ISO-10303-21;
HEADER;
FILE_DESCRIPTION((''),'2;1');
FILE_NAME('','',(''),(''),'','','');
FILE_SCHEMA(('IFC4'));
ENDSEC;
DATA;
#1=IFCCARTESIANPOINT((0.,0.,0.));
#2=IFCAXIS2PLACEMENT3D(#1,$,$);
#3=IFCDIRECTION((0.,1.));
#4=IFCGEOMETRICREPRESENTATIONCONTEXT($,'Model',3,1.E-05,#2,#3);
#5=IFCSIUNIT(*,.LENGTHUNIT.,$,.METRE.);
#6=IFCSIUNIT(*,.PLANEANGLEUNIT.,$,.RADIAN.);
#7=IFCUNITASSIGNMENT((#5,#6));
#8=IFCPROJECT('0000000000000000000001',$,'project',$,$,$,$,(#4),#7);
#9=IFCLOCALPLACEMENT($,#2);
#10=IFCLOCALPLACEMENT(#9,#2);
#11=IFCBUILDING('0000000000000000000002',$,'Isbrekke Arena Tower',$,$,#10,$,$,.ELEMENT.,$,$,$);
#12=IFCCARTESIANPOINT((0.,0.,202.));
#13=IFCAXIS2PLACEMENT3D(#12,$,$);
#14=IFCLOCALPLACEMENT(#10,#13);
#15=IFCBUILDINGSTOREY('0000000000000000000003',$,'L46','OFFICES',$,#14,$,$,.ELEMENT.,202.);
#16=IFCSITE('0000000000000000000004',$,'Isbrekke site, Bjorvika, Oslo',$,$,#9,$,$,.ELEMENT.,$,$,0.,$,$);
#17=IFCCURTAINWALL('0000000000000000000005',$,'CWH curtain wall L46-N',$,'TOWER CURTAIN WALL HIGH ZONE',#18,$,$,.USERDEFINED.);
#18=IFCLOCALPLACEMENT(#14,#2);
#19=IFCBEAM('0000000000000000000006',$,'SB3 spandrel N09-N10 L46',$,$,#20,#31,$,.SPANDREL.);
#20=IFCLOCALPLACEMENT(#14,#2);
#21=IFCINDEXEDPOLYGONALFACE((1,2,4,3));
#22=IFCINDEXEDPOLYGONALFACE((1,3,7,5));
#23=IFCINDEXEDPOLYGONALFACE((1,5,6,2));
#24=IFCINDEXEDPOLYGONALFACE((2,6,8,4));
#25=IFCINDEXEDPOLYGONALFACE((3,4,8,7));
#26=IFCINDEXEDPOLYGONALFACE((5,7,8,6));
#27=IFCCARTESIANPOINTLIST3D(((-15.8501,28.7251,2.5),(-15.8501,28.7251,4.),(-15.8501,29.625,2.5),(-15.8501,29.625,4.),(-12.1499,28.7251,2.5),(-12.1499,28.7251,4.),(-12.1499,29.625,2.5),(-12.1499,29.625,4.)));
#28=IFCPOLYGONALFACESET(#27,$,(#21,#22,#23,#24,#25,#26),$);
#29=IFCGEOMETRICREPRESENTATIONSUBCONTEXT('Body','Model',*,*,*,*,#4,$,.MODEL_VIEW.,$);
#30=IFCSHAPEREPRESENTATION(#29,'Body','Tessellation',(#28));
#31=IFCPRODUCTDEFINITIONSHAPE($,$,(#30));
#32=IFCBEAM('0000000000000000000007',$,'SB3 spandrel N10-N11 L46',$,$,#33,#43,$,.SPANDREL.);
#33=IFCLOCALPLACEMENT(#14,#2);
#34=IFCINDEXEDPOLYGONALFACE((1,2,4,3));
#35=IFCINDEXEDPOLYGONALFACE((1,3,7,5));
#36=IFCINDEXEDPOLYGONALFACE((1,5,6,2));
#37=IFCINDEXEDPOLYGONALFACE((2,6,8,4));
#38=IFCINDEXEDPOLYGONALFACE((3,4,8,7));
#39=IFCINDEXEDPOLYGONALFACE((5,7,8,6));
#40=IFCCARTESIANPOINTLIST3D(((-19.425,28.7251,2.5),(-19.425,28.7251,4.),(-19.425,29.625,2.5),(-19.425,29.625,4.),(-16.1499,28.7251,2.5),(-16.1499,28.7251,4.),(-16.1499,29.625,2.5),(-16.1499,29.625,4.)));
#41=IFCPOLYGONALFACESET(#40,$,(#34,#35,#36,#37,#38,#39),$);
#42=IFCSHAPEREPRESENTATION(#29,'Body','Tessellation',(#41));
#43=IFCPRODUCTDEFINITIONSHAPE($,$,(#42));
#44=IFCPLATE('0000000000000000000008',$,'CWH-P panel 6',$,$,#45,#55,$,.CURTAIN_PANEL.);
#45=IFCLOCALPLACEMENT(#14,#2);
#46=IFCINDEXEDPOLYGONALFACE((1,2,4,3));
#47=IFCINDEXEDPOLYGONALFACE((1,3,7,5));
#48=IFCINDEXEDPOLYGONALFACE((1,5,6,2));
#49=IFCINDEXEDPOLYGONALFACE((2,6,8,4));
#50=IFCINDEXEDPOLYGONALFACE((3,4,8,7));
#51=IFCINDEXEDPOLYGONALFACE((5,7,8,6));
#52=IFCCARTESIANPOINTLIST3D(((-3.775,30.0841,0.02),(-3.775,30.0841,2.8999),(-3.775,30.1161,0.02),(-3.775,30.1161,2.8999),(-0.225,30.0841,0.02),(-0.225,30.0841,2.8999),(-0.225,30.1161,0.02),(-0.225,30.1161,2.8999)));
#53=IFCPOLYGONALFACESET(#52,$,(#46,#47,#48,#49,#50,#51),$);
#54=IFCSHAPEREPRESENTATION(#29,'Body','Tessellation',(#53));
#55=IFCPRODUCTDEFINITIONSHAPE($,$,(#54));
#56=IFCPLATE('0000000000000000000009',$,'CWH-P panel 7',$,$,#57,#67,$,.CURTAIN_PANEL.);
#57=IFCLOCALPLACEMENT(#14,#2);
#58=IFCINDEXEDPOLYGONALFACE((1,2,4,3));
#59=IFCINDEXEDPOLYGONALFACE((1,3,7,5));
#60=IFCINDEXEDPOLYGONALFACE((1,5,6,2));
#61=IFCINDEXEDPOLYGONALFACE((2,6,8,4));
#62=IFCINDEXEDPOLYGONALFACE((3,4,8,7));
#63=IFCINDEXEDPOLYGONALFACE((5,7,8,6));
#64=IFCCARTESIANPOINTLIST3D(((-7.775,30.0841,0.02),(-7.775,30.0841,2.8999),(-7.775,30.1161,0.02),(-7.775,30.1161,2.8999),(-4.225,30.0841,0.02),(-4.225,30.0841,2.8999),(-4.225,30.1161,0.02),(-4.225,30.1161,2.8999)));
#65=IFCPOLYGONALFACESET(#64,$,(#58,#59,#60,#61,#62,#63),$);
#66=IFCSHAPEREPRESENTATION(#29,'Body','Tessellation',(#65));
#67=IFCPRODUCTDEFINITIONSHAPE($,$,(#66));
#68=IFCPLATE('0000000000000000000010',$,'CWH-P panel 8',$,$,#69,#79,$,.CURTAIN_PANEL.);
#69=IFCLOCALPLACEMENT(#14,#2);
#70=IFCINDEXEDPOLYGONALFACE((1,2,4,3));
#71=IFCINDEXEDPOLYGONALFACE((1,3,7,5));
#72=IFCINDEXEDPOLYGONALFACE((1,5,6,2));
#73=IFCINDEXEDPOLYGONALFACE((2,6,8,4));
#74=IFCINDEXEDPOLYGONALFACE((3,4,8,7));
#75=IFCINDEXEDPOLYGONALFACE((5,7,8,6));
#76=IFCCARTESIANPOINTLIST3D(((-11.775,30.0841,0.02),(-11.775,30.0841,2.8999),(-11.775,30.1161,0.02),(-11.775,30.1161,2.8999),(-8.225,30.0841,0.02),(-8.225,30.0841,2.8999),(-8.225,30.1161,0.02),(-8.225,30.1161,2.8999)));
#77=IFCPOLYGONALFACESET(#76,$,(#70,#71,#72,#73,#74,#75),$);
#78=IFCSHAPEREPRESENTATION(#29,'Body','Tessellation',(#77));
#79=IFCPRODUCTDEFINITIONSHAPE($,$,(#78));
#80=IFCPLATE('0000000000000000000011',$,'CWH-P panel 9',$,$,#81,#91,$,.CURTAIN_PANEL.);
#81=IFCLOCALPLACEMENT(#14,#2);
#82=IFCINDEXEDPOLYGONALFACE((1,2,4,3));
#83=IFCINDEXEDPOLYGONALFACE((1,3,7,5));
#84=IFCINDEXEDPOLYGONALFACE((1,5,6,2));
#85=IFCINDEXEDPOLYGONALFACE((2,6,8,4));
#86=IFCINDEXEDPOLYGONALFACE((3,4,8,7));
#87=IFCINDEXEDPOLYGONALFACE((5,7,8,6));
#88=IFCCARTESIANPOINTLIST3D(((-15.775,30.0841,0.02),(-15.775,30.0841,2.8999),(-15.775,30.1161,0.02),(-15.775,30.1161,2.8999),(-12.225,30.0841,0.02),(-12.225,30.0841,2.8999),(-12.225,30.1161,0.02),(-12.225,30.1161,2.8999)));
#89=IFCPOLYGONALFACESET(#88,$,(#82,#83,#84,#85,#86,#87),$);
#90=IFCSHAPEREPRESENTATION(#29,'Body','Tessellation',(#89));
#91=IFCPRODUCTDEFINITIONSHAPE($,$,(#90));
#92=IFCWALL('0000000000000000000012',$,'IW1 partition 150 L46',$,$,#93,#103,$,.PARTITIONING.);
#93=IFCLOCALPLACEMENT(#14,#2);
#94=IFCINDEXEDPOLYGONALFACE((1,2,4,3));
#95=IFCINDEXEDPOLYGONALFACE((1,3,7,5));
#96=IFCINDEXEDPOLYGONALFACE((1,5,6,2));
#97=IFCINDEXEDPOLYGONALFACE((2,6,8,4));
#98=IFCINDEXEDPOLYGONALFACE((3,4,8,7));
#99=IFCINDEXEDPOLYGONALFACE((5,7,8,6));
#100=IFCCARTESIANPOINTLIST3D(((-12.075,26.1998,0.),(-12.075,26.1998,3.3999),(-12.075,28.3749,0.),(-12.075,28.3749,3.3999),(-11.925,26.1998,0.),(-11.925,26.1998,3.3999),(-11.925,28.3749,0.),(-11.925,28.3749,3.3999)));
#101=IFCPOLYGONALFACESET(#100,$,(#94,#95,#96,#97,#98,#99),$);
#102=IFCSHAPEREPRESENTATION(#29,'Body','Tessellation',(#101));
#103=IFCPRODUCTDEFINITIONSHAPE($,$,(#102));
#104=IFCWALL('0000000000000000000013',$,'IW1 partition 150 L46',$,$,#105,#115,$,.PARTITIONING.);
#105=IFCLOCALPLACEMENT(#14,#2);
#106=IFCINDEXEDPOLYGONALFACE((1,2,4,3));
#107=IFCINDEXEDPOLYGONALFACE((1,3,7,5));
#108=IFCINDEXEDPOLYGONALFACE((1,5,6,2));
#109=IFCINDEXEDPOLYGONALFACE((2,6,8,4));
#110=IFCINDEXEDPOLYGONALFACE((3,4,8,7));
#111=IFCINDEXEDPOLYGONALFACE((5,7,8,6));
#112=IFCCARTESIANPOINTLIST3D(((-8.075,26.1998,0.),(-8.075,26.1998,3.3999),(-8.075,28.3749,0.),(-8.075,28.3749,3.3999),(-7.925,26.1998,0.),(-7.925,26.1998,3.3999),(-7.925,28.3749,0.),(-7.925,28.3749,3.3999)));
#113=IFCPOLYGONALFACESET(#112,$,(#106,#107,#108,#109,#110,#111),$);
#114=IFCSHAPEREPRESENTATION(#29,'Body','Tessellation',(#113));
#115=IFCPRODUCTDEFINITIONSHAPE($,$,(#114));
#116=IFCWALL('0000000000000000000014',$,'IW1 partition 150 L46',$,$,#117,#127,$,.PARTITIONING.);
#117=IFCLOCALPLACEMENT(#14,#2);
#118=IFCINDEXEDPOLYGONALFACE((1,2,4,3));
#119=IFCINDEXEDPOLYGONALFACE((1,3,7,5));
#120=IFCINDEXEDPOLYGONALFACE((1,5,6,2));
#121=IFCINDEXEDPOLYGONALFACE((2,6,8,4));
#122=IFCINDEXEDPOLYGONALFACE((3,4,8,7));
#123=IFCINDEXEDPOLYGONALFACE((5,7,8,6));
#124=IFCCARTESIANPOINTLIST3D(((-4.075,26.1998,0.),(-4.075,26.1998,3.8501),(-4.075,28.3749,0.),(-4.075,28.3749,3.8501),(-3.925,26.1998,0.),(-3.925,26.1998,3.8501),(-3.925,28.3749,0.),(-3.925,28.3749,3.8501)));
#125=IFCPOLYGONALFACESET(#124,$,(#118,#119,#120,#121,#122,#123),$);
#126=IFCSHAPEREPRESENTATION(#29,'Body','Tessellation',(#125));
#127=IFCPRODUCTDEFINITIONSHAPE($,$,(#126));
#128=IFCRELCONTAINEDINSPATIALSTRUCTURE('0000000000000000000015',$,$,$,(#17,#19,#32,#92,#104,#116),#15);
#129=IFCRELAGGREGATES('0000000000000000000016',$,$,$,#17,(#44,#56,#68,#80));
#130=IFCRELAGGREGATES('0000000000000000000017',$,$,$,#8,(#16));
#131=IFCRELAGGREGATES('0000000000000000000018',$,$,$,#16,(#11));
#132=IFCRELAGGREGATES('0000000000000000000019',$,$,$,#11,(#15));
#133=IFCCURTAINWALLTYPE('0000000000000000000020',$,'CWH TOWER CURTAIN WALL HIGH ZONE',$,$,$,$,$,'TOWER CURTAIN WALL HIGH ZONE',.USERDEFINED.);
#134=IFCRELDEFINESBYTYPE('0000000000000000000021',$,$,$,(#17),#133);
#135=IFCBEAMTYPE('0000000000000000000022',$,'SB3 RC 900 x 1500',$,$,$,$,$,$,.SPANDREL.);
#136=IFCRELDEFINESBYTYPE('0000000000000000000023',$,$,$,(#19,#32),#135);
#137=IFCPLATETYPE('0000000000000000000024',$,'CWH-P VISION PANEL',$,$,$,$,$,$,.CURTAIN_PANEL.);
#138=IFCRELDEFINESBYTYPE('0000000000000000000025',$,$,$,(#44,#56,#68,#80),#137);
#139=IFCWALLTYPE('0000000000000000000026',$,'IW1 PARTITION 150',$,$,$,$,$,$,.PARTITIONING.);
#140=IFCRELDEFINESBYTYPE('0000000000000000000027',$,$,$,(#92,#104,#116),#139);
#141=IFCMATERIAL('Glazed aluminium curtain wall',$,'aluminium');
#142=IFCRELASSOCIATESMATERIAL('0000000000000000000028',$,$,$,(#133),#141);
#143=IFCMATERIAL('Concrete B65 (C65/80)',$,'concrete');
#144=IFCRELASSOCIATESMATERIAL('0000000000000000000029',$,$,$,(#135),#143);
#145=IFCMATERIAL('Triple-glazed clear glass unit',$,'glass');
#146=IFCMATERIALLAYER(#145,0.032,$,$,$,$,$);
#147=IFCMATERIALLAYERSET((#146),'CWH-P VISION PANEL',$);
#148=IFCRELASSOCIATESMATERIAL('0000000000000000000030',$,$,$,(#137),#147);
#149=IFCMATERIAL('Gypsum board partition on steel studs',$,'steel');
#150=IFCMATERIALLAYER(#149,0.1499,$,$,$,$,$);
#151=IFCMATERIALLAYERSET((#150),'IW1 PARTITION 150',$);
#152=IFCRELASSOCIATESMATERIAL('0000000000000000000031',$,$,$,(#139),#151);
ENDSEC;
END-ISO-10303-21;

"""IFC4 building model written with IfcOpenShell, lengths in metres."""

from ifc_helpers import new_model, si_unit, direction, frame, frame_2d, origin, origin_2d, place, context, subcontext, project, spatial, rectangle, extrude, material, layer, layer_set, material_profile, profile_set, type_object, element, aggregate, save


model = new_model("IFC4")

# Units and contexts
model_context = context("Model", 3, precision=1e-05, world=origin(), true_north=direction((0.0, 1.0)))
body_context = subcontext(model_context, "Body", "Model", "MODEL_VIEW")
ifc_project = project(units=[si_unit("LENGTHUNIT", "METRE"), si_unit("PLANEANGLEUNIT", "RADIAN")], contexts=[model_context])

# Site, building, storey
site_placement = place(None, origin())
site = spatial("IfcSite", under=ifc_project, at=site_placement, Name="Isbrekke site, Bjorvika, Oslo", CompositionType="ELEMENT", RefElevation=0.0)
building_placement = place(site_placement, origin())
building = spatial("IfcBuilding", under=site, at=building_placement, Name="Isbrekke Arena Tower", CompositionType="ELEMENT")
storey_placement = place(building_placement, frame((0.0, 0.0, 202.0)))
storey = spatial("IfcBuildingStorey", under=building, at=storey_placement, Name="L46", Description="OFFICES", CompositionType="ELEMENT", Elevation=202.0)

# Curtain wall
ifc_material_1 = material(Name="Glazed aluminium curtain wall", Category="aluminium")
curtain_wall_type = type_object("IfcCurtainWallType", Name="CWH TOWER CURTAIN WALL HIGH ZONE", ElementType="TOWER CURTAIN WALL HIGH ZONE", PredefinedType="USERDEFINED", material=ifc_material_1)
curtain_wall_placement = place(storey_placement, origin())
curtain_wall = element("IfcCurtainWall", 1, at=curtain_wall_placement, inside=storey, type_object=curtain_wall_type, Name="CWH curtain wall L46-N", ObjectType="TOWER CURTAIN WALL HIGH ZONE", PredefinedType="USERDEFINED")

# Beams
ifc_material_2 = material(Name="Concrete B65 (C65/80)", Category="concrete")
ifc_material_profile_1 = material_profile(ifc_material_2, rectangle(XDim=0.8999, YDim=1.5, at=origin_2d()), Name="RC 900x1500")
ifc_profile_set_1 = profile_set([ifc_material_profile_1], Name="Concrete B65 (C65/80)")
beam_type_1 = type_object("IfcBeamType", Name="SB3 RC 900 x 1500", PredefinedType="SPANDREL", material=ifc_profile_set_1)
for number, where, z_axis, x_axis, name in (
    (2, (-12.1499, 29.175, 3.25), (-1.0, 0.0, 0.0), (0.0, -1.0, 0.0), "SB3 spandrel N09-N10 L46"),
):
    element("IfcBeam", number, at=place(storey_placement, frame(where, z_axis=z_axis, x_axis=x_axis)), inside=storey, type_object=beam_type_1, Name=name, PredefinedType="SPANDREL", context=body_context, shape_type="SweptSolid", body=[
        extrude(rectangle(XDim=0.8999, YDim=1.5, at=origin_2d()), origin(), (0.0, 0.0, 1.0), 3.7002),
    ])
beam_1_placement = place(storey_placement, frame((-16.1499, 29.175, 3.25), z_axis=(-1.0, 0.0, 0.0), x_axis=(0.0, -1.0, 0.0)))
element("IfcBeam", 3, at=beam_1_placement, inside=storey, type_object=beam_type_1, Name="SB3 spandrel N10-N11 L46", PredefinedType="SPANDREL", context=body_context, shape_type="SweptSolid", body=[
    extrude(rectangle(XDim=0.8999, YDim=1.5, at=origin_2d()), origin(), (0.0, 0.0, 1.0), 3.2751),
])

# Plates
ifc_material_3 = material(Name="Triple-glazed clear glass unit", Category="glass")
ifc_layer_1 = layer(ifc_material_3, 0.032)
ifc_layer_set_1 = layer_set([ifc_layer_1], Name="CWH-P VISION PANEL")
plate_type = type_object("IfcPlateType", Name="CWH-P VISION PANEL", PredefinedType="CURTAIN_PANEL", material=ifc_layer_set_1)
plate_1_placement = place(storey_placement, frame((-2.0, 30.1001, 0.02), z_axis=(0.0, 0.0, 1.0), x_axis=(-1.0, 0.0, 0.0)))
plate_1 = element("IfcPlate", 4, at=plate_1_placement, type_object=plate_type, Name="CWH-P panel 6", PredefinedType="CURTAIN_PANEL", context=body_context, shape_type="SweptSolid", body=[
    extrude(rectangle(XDim=3.55, YDim=0.032, at=origin_2d()), origin(), (0.0, 0.0, 1.0), 2.8799),
])
plate_2_placement = place(storey_placement, frame((-6.0, 30.1001, 0.02), z_axis=(0.0, 0.0, 1.0), x_axis=(-1.0, 0.0, 0.0)))
plate_2 = element("IfcPlate", 5, at=plate_2_placement, type_object=plate_type, Name="CWH-P panel 7", PredefinedType="CURTAIN_PANEL", context=body_context, shape_type="SweptSolid", body=[
    extrude(rectangle(XDim=3.55, YDim=0.032, at=origin_2d()), origin(), (0.0, 0.0, 1.0), 2.8799),
])
plate_3_placement = place(storey_placement, frame((-10.0, 30.1001, 0.02), z_axis=(0.0, 0.0, 1.0), x_axis=(-1.0, 0.0, 0.0)))
plate_3 = element("IfcPlate", 6, at=plate_3_placement, type_object=plate_type, Name="CWH-P panel 8", PredefinedType="CURTAIN_PANEL", context=body_context, shape_type="SweptSolid", body=[
    extrude(rectangle(XDim=3.55, YDim=0.032, at=origin_2d()), origin(), (0.0, 0.0, 1.0), 2.8799),
])
plate_4_placement = place(storey_placement, frame((-14.0, 30.1001, 0.02), z_axis=(0.0, 0.0, 1.0), x_axis=(-1.0, 0.0, 0.0)))
plate_4 = element("IfcPlate", 7, at=plate_4_placement, type_object=plate_type, Name="CWH-P panel 9", PredefinedType="CURTAIN_PANEL", context=body_context, shape_type="SweptSolid", body=[
    extrude(rectangle(XDim=3.55, YDim=0.032, at=origin_2d()), origin(), (0.0, 0.0, 1.0), 2.8799),
])
aggregate(curtain_wall, [plate_1, plate_2, plate_3, plate_4])

# Walls
ifc_material_4 = material(Name="Gypsum board partition on steel studs", Category="steel")
ifc_layer_2 = layer(ifc_material_4, 0.1499)
ifc_layer_set_2 = layer_set([ifc_layer_2], Name="IW1 PARTITION 150")
wall_type = type_object("IfcWallType", Name="IW1 PARTITION 150", PredefinedType="PARTITIONING", material=ifc_layer_set_2)
for number, where, z_axis, x_axis, name in (
    (8, (-12.0, 26.2, 0.0), (0.0, 0.0, 1.0), (0.0, 1.0, 0.0), "IW1 partition 150 L46"),
    (9, (-8.0, 26.2, 0.0), (0.0, 0.0, 1.0), (0.0, 1.0, 0.0), "IW1 partition 150 L46"),
):
    element("IfcWall", number, at=place(storey_placement, frame(where, z_axis=z_axis, x_axis=x_axis)), inside=storey, type_object=wall_type, Name=name, PredefinedType="PARTITIONING", context=body_context, shape_type="SweptSolid", body=[
        extrude(rectangle(XDim=2.175, YDim=0.1499, at=frame_2d((1.0874, 0.0))), origin(), (0.0, 0.0, 1.0), 3.3999),
    ])
wall_placement = place(storey_placement, frame((-4.0, 26.2, 0.0), z_axis=(0.0, 0.0, 1.0), x_axis=(0.0, 1.0, 0.0)))
element("IfcWall", 10, at=wall_placement, inside=storey, type_object=wall_type, Name="IW1 partition 150 L46", PredefinedType="PARTITIONING", context=body_context, shape_type="SweptSolid", body=[
    extrude(rectangle(XDim=2.175, YDim=0.1499, at=frame_2d((1.0874, 0.0))), origin(), (0.0, 0.0, 1.0), 3.8501),
])

save(model, "model.ifc")
